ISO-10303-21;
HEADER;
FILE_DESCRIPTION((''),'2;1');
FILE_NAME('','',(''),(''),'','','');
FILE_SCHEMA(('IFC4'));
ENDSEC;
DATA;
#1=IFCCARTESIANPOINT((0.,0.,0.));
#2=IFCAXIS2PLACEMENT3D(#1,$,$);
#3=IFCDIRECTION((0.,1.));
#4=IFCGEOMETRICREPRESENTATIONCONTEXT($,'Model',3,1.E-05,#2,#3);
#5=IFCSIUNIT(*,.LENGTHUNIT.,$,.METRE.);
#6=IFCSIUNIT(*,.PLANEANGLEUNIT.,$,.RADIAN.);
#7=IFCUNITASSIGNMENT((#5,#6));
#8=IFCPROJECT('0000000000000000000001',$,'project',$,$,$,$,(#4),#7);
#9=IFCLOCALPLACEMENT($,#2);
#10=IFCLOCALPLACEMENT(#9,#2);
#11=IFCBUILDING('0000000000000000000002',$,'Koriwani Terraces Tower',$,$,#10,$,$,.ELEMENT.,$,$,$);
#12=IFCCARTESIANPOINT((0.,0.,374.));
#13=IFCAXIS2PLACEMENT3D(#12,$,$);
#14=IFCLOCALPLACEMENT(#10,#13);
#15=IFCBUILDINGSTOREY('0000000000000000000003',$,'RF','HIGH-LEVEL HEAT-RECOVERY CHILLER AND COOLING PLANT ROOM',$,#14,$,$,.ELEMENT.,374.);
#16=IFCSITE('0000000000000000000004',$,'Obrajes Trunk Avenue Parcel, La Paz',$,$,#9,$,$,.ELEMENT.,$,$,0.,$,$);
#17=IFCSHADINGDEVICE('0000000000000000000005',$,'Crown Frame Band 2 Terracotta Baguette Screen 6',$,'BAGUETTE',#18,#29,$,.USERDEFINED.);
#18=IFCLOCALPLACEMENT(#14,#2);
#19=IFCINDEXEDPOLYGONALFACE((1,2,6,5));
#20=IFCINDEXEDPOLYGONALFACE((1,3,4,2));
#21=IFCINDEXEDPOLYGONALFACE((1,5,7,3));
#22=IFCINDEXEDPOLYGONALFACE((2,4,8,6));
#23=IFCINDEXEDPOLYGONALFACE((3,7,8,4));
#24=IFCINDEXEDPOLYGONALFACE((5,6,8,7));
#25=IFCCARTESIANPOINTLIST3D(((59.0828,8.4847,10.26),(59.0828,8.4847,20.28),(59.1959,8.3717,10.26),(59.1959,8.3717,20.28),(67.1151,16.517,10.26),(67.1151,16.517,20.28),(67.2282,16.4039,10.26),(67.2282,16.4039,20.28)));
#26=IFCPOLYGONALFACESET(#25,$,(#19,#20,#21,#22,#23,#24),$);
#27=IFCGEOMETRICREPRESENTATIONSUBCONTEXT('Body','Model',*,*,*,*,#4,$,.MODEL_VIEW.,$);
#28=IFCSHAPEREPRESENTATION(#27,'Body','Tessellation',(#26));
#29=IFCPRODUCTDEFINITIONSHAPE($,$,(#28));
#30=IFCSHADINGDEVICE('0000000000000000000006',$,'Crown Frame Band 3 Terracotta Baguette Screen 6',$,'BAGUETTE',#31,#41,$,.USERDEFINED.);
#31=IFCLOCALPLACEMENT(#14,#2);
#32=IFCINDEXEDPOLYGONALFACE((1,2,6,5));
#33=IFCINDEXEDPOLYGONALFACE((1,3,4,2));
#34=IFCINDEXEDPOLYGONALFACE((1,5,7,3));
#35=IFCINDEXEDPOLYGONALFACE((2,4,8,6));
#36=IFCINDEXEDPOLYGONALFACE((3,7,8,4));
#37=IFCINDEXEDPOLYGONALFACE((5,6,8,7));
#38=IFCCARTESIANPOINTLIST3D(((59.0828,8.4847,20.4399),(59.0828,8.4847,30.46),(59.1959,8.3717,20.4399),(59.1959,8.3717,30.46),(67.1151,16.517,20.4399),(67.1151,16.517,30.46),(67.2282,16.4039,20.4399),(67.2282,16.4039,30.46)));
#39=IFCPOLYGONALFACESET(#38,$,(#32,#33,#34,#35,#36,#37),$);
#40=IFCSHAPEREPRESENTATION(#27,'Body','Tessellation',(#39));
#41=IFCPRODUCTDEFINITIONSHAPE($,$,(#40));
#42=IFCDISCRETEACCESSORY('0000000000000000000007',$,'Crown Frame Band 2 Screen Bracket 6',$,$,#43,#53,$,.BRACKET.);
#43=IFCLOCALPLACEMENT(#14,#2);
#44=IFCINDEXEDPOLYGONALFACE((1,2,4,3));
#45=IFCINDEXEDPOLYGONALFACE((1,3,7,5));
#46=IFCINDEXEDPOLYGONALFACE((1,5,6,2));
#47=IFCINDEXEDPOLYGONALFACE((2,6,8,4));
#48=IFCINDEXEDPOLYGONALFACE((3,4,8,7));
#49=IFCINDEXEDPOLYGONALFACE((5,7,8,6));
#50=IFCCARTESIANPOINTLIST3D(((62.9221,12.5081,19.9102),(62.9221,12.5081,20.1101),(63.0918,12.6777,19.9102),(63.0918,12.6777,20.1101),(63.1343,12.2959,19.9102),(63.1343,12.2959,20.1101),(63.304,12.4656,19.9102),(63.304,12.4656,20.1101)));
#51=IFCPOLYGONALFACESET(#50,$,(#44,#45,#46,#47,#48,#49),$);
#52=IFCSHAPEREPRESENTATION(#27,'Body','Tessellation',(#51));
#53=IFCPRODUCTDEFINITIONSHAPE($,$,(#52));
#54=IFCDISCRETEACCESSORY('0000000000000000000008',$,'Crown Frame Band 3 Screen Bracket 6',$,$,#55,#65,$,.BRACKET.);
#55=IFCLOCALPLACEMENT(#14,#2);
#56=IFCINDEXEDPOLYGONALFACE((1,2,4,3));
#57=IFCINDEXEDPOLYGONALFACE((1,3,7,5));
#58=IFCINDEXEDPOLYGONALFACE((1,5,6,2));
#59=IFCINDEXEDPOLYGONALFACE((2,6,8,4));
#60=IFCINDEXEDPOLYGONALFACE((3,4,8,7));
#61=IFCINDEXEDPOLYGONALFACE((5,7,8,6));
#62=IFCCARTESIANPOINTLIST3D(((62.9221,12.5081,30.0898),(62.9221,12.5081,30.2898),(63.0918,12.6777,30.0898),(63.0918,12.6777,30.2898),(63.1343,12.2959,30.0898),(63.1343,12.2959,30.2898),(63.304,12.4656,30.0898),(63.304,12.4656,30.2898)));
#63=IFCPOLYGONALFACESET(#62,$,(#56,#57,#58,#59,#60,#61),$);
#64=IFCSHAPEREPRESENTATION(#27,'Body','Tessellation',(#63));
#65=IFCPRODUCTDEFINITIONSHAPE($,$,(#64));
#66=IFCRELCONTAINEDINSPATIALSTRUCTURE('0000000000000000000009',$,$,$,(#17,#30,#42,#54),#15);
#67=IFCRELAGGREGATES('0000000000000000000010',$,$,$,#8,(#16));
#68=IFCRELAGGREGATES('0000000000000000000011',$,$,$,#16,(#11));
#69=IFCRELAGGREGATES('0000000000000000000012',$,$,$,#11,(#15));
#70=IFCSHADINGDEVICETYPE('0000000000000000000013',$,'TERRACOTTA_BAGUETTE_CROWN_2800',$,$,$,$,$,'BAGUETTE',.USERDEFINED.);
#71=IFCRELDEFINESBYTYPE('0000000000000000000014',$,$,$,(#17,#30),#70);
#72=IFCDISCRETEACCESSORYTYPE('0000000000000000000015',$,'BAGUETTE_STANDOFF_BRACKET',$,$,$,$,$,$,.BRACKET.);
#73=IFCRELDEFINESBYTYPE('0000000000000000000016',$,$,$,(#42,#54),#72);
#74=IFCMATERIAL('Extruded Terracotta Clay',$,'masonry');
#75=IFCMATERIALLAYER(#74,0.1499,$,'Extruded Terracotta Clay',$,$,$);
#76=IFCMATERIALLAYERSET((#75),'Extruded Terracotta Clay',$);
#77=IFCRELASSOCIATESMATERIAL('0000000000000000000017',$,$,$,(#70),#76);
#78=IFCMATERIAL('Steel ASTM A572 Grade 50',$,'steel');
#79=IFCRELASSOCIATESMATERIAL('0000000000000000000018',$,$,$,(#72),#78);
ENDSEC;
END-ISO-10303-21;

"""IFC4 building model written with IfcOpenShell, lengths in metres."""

from ifc_helpers import new_model, si_unit, direction, frame, origin, origin_2d, place, context, subcontext, project, spatial, rectangle, extrude, material, layer, layer_set, type_object, element, save


model = new_model("IFC4")

# Units and contexts
model_context = context("Model", 3, precision=1e-05, world=origin(), true_north=direction((0.0, 1.0)))
body_context = subcontext(model_context, "Body", "Model", "MODEL_VIEW")
ifc_project = project(units=[si_unit("LENGTHUNIT", "METRE"), si_unit("PLANEANGLEUNIT", "RADIAN")], contexts=[model_context])

# Site, building, storey
site_placement = place(None, origin())
site = spatial("IfcSite", under=ifc_project, at=site_placement, Name="Obrajes Trunk Avenue Parcel, La Paz", CompositionType="ELEMENT", RefElevation=0.0)
building_placement = place(site_placement, origin())
building = spatial("IfcBuilding", under=site, at=building_placement, Name="Koriwani Terraces Tower", CompositionType="ELEMENT")
storey_placement = place(building_placement, frame((0.0, 0.0, 374.0)))
storey = spatial("IfcBuildingStorey", under=building, at=storey_placement, Name="RF", Description="HIGH-LEVEL HEAT-RECOVERY CHILLER AND COOLING PLANT ROOM", CompositionType="ELEMENT", Elevation=374.0)

# Shared definitions
ifc_material_1 = material(Name="Steel ASTM A572 Grade 50", Category="steel")

# Shading devices
ifc_material_2 = material(Name="Extruded Terracotta Clay", Category="masonry")
ifc_layer_1 = layer(ifc_material_2, 0.1499, Name="Extruded Terracotta Clay")
ifc_layer_set_1 = layer_set([ifc_layer_1], Name="Extruded Terracotta Clay")
shading_device_type = type_object("IfcShadingDeviceType", Name="TERRACOTTA_BAGUETTE_CROWN_2800", ElementType="BAGUETTE", PredefinedType="USERDEFINED", material=ifc_layer_set_1)
for number, where, z_axis, x_axis, name in (
    (1, (63.1555, 12.4443, 10.26), (0.0, 0.0, 1.0), (0.707107, 0.707107, 0.0), "Crown Frame Band 2 Terracotta Baguette Screen 6"),
    (2, (63.1555, 12.4443, 20.4399), (0.0, 0.0, 1.0), (0.707107, 0.707107, 0.0), "Crown Frame Band 3 Terracotta Baguette Screen 6"),
):
    element("IfcShadingDevice", number, at=place(storey_placement, frame(where, z_axis=z_axis, x_axis=x_axis)), inside=storey, type_object=shading_device_type, Name=name, ObjectType="BAGUETTE", PredefinedType="USERDEFINED", context=body_context, shape_type="SweptSolid", body=[
        extrude(rectangle(XDim=11.3594, YDim=0.1599, at=origin_2d()), origin(), (0.0, 0.0, 1.0), 10.02),
    ])

# Discrete accessories
discrete_accessory_type = type_object("IfcDiscreteAccessoryType", Name="BAGUETTE_STANDOFF_BRACKET", PredefinedType="BRACKET", material=ifc_material_1)
for number, where, z_axis, x_axis, name in (
    (3, (63.113, 12.4868, 19.9102), (0.0, 0.0, 1.0), (0.707107, 0.707107, 0.0), "Crown Frame Band 2 Screen Bracket 6"),
    (4, (63.113, 12.4868, 30.0898), (0.0, 0.0, 1.0), (0.707107, 0.707107, 0.0), "Crown Frame Band 3 Screen Bracket 6"),
):
    element("IfcDiscreteAccessory", number, at=place(storey_placement, frame(where, z_axis=z_axis, x_axis=x_axis)), inside=storey, type_object=discrete_accessory_type, Name=name, PredefinedType="BRACKET", context=body_context, shape_type="SweptSolid", body=[
        extrude(rectangle(XDim=0.24, YDim=0.3, at=origin_2d()), origin(), (0.0, 0.0, 1.0), 0.2),
    ])

save(model, "model.ifc")
